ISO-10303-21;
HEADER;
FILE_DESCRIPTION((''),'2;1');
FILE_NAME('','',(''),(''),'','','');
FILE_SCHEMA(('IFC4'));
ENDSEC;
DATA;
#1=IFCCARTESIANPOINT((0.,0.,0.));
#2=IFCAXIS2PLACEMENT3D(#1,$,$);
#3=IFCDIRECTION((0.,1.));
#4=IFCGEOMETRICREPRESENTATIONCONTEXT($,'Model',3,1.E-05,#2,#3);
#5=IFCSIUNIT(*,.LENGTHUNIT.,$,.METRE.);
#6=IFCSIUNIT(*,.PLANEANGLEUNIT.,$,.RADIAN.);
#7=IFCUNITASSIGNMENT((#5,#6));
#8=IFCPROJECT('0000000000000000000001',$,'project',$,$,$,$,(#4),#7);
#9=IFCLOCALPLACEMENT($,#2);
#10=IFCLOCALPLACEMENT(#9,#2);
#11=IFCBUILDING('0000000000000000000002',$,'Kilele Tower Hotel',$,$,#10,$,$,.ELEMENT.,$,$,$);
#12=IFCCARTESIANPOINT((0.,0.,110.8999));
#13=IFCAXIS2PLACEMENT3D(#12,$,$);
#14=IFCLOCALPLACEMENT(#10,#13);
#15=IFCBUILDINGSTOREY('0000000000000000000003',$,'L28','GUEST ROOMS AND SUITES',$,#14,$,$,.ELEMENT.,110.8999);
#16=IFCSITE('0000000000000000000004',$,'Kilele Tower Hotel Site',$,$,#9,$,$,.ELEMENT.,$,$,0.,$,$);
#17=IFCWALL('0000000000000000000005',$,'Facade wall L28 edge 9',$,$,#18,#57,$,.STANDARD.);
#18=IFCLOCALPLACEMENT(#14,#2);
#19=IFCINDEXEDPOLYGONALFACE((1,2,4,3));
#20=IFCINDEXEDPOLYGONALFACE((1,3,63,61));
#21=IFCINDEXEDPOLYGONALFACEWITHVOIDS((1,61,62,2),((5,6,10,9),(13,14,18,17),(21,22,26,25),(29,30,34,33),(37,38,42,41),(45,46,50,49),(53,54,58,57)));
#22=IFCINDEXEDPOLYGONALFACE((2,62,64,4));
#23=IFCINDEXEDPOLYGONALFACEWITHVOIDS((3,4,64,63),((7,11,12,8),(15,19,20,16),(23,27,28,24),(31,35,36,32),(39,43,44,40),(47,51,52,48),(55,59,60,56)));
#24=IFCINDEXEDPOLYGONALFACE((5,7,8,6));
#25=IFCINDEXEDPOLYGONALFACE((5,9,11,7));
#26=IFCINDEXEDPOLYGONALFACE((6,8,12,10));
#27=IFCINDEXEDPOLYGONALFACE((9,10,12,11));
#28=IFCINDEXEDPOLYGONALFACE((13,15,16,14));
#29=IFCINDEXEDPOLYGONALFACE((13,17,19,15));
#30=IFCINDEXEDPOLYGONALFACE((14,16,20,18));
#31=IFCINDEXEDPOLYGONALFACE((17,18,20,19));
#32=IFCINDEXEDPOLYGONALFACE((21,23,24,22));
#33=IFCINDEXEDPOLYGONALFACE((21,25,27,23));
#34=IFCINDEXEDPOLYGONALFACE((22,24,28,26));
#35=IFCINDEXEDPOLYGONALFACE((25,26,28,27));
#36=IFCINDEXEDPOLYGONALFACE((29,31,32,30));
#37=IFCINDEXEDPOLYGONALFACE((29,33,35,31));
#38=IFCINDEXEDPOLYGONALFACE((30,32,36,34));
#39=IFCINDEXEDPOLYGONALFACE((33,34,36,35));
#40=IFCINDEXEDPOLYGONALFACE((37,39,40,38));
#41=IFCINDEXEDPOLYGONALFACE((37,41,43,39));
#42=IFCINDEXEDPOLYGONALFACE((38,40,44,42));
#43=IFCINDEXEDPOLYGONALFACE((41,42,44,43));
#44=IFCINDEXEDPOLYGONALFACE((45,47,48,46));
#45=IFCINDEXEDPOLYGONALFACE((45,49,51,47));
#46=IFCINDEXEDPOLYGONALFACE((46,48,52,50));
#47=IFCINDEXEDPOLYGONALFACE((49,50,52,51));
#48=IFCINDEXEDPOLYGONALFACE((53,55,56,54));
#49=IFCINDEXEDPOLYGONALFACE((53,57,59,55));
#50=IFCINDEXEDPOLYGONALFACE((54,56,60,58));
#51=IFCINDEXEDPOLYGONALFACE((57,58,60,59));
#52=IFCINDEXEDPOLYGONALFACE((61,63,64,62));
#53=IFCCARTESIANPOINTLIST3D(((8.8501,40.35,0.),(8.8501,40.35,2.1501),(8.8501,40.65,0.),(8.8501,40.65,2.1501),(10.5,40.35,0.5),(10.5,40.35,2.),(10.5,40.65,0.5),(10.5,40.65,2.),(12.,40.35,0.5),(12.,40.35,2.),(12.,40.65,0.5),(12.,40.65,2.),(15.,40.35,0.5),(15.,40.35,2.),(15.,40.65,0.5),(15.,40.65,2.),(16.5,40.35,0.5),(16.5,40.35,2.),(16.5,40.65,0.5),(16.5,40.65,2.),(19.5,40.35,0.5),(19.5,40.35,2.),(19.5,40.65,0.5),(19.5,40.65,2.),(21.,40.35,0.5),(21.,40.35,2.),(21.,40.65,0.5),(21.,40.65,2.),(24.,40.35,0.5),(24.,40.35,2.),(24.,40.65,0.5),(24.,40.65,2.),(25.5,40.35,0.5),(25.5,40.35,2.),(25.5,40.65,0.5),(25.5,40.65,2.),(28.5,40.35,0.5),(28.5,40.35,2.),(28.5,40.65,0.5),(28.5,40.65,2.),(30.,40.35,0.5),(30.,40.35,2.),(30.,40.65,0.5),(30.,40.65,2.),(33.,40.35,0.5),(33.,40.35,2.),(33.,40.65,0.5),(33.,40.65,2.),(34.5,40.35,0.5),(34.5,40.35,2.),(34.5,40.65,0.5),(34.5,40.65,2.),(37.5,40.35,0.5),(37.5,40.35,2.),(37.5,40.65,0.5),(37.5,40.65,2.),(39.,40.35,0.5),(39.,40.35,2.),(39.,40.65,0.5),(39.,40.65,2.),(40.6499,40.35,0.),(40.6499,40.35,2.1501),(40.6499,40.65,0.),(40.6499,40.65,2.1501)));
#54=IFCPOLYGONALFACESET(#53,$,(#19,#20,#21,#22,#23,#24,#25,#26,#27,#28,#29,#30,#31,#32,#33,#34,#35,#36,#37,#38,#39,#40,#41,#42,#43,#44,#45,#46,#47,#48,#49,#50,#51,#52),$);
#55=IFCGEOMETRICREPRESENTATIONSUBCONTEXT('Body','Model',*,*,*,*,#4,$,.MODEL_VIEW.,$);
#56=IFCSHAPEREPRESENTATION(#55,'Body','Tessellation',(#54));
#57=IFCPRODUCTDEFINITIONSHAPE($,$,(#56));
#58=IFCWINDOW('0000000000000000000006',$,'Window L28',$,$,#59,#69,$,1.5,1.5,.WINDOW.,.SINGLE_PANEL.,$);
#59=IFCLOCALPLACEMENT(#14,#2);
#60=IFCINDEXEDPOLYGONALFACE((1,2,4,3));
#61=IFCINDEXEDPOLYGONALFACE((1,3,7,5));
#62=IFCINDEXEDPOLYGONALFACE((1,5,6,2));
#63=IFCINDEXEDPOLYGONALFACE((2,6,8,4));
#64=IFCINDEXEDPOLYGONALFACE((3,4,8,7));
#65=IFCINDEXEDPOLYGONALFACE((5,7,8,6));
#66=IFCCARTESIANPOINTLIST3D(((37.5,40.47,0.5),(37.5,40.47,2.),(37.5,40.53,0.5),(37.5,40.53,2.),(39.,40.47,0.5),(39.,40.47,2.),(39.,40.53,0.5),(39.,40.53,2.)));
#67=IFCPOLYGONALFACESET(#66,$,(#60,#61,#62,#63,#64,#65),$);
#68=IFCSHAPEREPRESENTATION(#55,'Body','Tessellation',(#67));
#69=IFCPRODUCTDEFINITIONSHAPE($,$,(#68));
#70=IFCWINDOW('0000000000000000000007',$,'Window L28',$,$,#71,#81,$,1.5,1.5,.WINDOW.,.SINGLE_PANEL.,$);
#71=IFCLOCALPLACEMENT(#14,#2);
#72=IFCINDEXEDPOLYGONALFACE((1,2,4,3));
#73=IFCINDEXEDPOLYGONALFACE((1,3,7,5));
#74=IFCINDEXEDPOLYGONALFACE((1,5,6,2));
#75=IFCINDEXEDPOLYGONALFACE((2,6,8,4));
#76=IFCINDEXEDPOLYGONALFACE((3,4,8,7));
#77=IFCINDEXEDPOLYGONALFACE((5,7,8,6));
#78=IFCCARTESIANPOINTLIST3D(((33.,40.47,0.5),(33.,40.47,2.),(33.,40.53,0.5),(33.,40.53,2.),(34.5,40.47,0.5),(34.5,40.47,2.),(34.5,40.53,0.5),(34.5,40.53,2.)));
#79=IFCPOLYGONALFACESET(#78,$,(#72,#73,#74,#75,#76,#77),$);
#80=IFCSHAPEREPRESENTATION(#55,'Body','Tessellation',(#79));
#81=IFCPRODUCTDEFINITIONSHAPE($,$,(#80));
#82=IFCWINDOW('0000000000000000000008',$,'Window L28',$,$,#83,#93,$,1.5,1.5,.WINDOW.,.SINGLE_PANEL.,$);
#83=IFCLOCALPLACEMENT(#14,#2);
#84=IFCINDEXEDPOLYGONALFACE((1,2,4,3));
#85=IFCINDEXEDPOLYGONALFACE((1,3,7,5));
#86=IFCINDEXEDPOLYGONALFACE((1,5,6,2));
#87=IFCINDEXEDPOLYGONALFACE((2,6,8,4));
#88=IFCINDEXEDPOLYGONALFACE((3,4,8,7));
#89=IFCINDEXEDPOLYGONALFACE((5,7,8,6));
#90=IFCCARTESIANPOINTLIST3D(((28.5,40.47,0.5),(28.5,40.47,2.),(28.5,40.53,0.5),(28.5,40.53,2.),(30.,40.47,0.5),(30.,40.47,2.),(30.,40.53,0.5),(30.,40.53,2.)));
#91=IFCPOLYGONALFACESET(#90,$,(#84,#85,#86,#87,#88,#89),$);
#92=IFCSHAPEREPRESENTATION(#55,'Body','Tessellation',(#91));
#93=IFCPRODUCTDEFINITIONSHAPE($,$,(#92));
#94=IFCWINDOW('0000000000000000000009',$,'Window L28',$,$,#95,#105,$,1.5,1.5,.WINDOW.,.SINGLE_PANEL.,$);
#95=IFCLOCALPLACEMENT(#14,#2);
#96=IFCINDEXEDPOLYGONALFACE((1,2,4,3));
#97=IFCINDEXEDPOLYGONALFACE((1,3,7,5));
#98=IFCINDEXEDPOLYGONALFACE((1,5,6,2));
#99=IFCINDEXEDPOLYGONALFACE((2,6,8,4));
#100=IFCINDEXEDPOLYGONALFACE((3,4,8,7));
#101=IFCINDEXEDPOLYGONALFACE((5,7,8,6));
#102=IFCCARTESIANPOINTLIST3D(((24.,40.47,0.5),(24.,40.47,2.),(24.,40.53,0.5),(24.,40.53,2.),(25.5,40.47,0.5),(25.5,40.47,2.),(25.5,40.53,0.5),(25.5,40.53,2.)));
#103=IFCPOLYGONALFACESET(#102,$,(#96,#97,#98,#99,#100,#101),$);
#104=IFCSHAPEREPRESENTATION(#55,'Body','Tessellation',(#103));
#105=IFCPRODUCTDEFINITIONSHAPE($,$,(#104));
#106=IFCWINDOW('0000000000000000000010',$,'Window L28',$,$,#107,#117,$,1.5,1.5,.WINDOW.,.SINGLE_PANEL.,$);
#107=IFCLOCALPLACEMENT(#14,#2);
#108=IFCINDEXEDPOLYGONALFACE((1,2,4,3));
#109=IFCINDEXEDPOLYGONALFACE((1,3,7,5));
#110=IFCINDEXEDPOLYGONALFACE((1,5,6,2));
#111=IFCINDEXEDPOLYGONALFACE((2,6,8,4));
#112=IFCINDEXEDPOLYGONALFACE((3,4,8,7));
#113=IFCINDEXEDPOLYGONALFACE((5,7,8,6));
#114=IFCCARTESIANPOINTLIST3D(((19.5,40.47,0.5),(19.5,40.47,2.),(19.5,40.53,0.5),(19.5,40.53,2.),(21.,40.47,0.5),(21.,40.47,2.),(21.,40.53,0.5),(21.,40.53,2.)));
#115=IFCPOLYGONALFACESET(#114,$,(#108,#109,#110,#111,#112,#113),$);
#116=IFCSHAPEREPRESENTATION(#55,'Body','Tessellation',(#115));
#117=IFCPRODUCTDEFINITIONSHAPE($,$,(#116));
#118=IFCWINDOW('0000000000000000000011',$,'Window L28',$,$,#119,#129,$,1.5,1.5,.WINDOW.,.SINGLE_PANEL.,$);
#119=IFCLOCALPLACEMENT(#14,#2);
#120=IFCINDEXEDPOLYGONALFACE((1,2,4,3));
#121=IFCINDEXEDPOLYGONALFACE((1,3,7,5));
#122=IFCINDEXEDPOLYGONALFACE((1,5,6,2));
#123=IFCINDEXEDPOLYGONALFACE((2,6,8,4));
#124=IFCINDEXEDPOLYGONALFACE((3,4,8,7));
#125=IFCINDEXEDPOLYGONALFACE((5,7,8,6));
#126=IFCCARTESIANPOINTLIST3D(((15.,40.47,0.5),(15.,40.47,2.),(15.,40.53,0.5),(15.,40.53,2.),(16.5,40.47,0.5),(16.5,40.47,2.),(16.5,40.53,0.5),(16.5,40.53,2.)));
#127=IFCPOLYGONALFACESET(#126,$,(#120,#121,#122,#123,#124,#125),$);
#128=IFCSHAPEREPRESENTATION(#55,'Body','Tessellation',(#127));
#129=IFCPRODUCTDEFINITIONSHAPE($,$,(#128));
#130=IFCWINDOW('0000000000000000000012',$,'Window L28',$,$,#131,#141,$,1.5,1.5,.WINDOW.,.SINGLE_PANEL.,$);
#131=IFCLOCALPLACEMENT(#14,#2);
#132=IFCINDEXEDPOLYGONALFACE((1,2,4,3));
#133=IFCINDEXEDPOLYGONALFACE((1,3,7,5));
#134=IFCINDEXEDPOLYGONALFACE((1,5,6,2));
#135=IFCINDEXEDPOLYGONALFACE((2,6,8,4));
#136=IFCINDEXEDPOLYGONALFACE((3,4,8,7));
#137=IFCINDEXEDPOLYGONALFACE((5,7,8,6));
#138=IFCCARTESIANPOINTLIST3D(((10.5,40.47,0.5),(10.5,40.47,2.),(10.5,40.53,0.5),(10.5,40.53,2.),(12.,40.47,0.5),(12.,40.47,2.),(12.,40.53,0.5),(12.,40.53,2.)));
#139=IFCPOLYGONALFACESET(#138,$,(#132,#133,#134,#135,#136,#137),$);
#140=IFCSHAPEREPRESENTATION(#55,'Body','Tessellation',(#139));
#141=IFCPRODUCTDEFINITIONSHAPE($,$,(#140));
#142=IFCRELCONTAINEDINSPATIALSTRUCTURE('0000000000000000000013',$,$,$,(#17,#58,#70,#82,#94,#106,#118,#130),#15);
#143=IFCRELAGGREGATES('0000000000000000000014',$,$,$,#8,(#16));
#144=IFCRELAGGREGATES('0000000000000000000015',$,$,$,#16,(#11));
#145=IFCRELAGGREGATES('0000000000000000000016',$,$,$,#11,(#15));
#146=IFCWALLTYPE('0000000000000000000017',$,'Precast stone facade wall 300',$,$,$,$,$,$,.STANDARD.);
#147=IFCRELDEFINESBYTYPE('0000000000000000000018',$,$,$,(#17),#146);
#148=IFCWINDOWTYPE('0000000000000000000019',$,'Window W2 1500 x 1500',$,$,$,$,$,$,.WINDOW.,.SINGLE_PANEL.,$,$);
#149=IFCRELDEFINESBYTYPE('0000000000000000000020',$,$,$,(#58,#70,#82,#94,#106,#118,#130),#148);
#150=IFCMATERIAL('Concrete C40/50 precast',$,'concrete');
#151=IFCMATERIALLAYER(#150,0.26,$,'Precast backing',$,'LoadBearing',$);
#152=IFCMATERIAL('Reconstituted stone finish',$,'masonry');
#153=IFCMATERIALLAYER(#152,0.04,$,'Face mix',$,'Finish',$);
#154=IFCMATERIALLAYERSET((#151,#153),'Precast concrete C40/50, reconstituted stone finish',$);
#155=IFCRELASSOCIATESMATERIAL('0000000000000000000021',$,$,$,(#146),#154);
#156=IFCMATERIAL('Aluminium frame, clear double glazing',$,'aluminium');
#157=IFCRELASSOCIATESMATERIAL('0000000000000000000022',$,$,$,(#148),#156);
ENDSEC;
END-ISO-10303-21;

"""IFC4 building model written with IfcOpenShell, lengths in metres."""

from ifc_helpers import new_model, si_unit, direction, frame, frame_2d, origin, place, context, subcontext, project, spatial, rectangle, extrude, material, layer, layer_set, type_object, element, fill, save


model = new_model("IFC4")

# Units and contexts
model_context = context("Model", 3, precision=1e-05, world=origin(), true_north=direction((0.0, 1.0)))
body_context = subcontext(model_context, "Body", "Model", "MODEL_VIEW")
ifc_project = project(units=[si_unit("LENGTHUNIT", "METRE"), si_unit("PLANEANGLEUNIT", "RADIAN")], contexts=[model_context])

# Site, building, storey
site_placement = place(None, origin())
site = spatial("IfcSite", under=ifc_project, at=site_placement, Name="Kilele Tower Hotel Site", CompositionType="ELEMENT", RefElevation=0.0)
building_placement = place(site_placement, origin())
building = spatial("IfcBuilding", under=site, at=building_placement, Name="Kilele Tower Hotel", CompositionType="ELEMENT")
storey_placement = place(building_placement, frame((0.0, 0.0, 110.8999)))
storey = spatial("IfcBuildingStorey", under=building, at=storey_placement, Name="L28", Description="GUEST ROOMS AND SUITES", CompositionType="ELEMENT", Elevation=110.8999)

# Shared definitions
ifc_material_1 = material(Name="Concrete C40/50 precast", Category="concrete")
ifc_layer_1 = layer(ifc_material_1, 0.26, Name="Precast backing", Category="LoadBearing")
ifc_material_2 = material(Name="Reconstituted stone finish", Category="masonry")
ifc_layer_2 = layer(ifc_material_2, 0.04, Name="Face mix", Category="Finish")
ifc_layer_set_1 = layer_set([ifc_layer_1, ifc_layer_2], Name="Precast concrete C40/50, reconstituted stone finish")
wall_type_1 = type_object("IfcWallType", Name="Precast stone facade wall 300", PredefinedType="STANDARD", material=ifc_layer_set_1)
ifc_material_3 = material(Name="Aluminium frame, clear double glazing", Category="aluminium")
window_type_1 = type_object("IfcWindowType", Name="Window W2 1500 x 1500", PartitioningType="SINGLE_PANEL", PredefinedType="WINDOW", material=ifc_material_3)

# Wall, openings, windows
wall_1_placement = place(storey_placement, frame((40.6499, 40.5, 0.0), z_axis=(0.0, 0.0, 1.0), x_axis=(-1.0, 0.0, 0.0)))
wall_1 = element("IfcWall", 1, at=wall_1_placement, inside=storey, type_object=wall_type_1, Name="Facade wall L28 edge 9", PredefinedType="STANDARD", context=body_context, shape_type="SweptSolid", body=[
    extrude(rectangle(XDim=31.7998, YDim=0.3, at=frame_2d((15.8999, 0.0))), origin(), (0.0, 0.0, 1.0), 2.1501),
])
opening_1_placement = place(wall_1_placement, frame((1.6499, 0.0, 0.5)))
opening_1 = element("IfcOpeningElement", 2, at=opening_1_placement, cuts=wall_1, PredefinedType="OPENING", context=body_context, shape_type="SweptSolid", body=[
    extrude(rectangle(XDim=1.5, YDim=1.5, at=frame_2d((0.75, 0.75))), frame((0.0, 0.1599, 0.0), z_axis=(0.0, -1.0, 0.0), x_axis=(1.0, 0.0, 0.0)), (0.0, 0.0, 1.0), 0.3201),
])
opening_2_placement = place(wall_1_placement, frame((6.1499, 0.0, 0.5)))
opening_2 = element("IfcOpeningElement", 3, at=opening_2_placement, cuts=wall_1, PredefinedType="OPENING", context=body_context, shape_type="SweptSolid", body=[
    extrude(rectangle(XDim=1.5, YDim=1.5, at=frame_2d((0.75, 0.75))), frame((0.0, 0.1599, 0.0), z_axis=(0.0, -1.0, 0.0), x_axis=(1.0, 0.0, 0.0)), (0.0, 0.0, 1.0), 0.3201),
])
opening_3_placement = place(wall_1_placement, frame((10.6499, 0.0, 0.5)))
opening_3 = element("IfcOpeningElement", 4, at=opening_3_placement, cuts=wall_1, PredefinedType="OPENING", context=body_context, shape_type="SweptSolid", body=[
    extrude(rectangle(XDim=1.5, YDim=1.5, at=frame_2d((0.75, 0.75))), frame((0.0, 0.1599, 0.0), z_axis=(0.0, -1.0, 0.0), x_axis=(1.0, 0.0, 0.0)), (0.0, 0.0, 1.0), 0.3201),
])
opening_4_placement = place(wall_1_placement, frame((15.1499, 0.0, 0.5)))
opening_4 = element("IfcOpeningElement", 5, at=opening_4_placement, cuts=wall_1, PredefinedType="OPENING", context=body_context, shape_type="SweptSolid", body=[
    extrude(rectangle(XDim=1.5, YDim=1.5, at=frame_2d((0.75, 0.75))), frame((0.0, 0.1599, 0.0), z_axis=(0.0, -1.0, 0.0), x_axis=(1.0, 0.0, 0.0)), (0.0, 0.0, 1.0), 0.3201),
])
opening_5_placement = place(wall_1_placement, frame((19.6499, 0.0, 0.5)))
opening_5 = element("IfcOpeningElement", 6, at=opening_5_placement, cuts=wall_1, PredefinedType="OPENING", context=body_context, shape_type="SweptSolid", body=[
    extrude(rectangle(XDim=1.5, YDim=1.5, at=frame_2d((0.75, 0.75))), frame((0.0, 0.1599, 0.0), z_axis=(0.0, -1.0, 0.0), x_axis=(1.0, 0.0, 0.0)), (0.0, 0.0, 1.0), 0.3201),
])
opening_6_placement = place(wall_1_placement, frame((24.1499, 0.0, 0.5)))
opening_6 = element("IfcOpeningElement", 7, at=opening_6_placement, cuts=wall_1, PredefinedType="OPENING", context=body_context, shape_type="SweptSolid", body=[
    extrude(rectangle(XDim=1.5, YDim=1.5, at=frame_2d((0.75, 0.75))), frame((0.0, 0.1599, 0.0), z_axis=(0.0, -1.0, 0.0), x_axis=(1.0, 0.0, 0.0)), (0.0, 0.0, 1.0), 0.3201),
])
opening_7_placement = place(wall_1_placement, frame((28.6499, 0.0, 0.5)))
opening_7 = element("IfcOpeningElement", 8, at=opening_7_placement, cuts=wall_1, PredefinedType="OPENING", context=body_context, shape_type="SweptSolid", body=[
    extrude(rectangle(XDim=1.5, YDim=1.5, at=frame_2d((0.75, 0.75))), frame((0.0, 0.1599, 0.0), z_axis=(0.0, -1.0, 0.0), x_axis=(1.0, 0.0, 0.0)), (0.0, 0.0, 1.0), 0.3201),
])
window_1_placement = place(opening_1_placement, origin())
window_1 = element("IfcWindow", 9, at=window_1_placement, inside=storey, type_object=window_type_1, Name="Window L28", OverallHeight=1.5, OverallWidth=1.5, PartitioningType="SINGLE_PANEL", PredefinedType="WINDOW", context=body_context, shape_type="SweptSolid", body=[
    extrude(rectangle(XDim=1.5, YDim=1.5, at=frame_2d((0.75, 0.75))), frame((0.0, 0.03, 0.0), z_axis=(0.0, -1.0, 0.0), x_axis=(1.0, 0.0, 0.0)), (0.0, 0.0, 1.0), 0.0601),
])
fill(opening_1, window_1)
window_2_placement = place(opening_2_placement, origin())
window_2 = element("IfcWindow", 10, at=window_2_placement, inside=storey, type_object=window_type_1, Name="Window L28", OverallHeight=1.5, OverallWidth=1.5, PartitioningType="SINGLE_PANEL", PredefinedType="WINDOW", context=body_context, shape_type="SweptSolid", body=[
    extrude(rectangle(XDim=1.5, YDim=1.5, at=frame_2d((0.75, 0.75))), frame((0.0, 0.03, 0.0), z_axis=(0.0, -1.0, 0.0), x_axis=(1.0, 0.0, 0.0)), (0.0, 0.0, 1.0), 0.0601),
])
fill(opening_2, window_2)
window_3_placement = place(opening_3_placement, origin())
window_3 = element("IfcWindow", 11, at=window_3_placement, inside=storey, type_object=window_type_1, Name="Window L28", OverallHeight=1.5, OverallWidth=1.5, PartitioningType="SINGLE_PANEL", PredefinedType="WINDOW", context=body_context, shape_type="SweptSolid", body=[
    extrude(rectangle(XDim=1.5, YDim=1.5, at=frame_2d((0.75, 0.75))), frame((0.0, 0.03, 0.0), z_axis=(0.0, -1.0, 0.0), x_axis=(1.0, 0.0, 0.0)), (0.0, 0.0, 1.0), 0.0601),
])
fill(opening_3, window_3)
window_4_placement = place(opening_4_placement, origin())
window_4 = element("IfcWindow", 12, at=window_4_placement, inside=storey, type_object=window_type_1, Name="Window L28", OverallHeight=1.5, OverallWidth=1.5, PartitioningType="SINGLE_PANEL", PredefinedType="WINDOW", context=body_context, shape_type="SweptSolid", body=[
    extrude(rectangle(XDim=1.5, YDim=1.5, at=frame_2d((0.75, 0.75))), frame((0.0, 0.03, 0.0), z_axis=(0.0, -1.0, 0.0), x_axis=(1.0, 0.0, 0.0)), (0.0, 0.0, 1.0), 0.0601),
])
fill(opening_4, window_4)
window_5_placement = place(opening_5_placement, origin())
window_5 = element("IfcWindow", 13, at=window_5_placement, inside=storey, type_object=window_type_1, Name="Window L28", OverallHeight=1.5, OverallWidth=1.5, PartitioningType="SINGLE_PANEL", PredefinedType="WINDOW", context=body_context, shape_type="SweptSolid", body=[
    extrude(rectangle(XDim=1.5, YDim=1.5, at=frame_2d((0.75, 0.75))), frame((0.0, 0.03, 0.0), z_axis=(0.0, -1.0, 0.0), x_axis=(1.0, 0.0, 0.0)), (0.0, 0.0, 1.0), 0.0601),
])
fill(opening_5, window_5)
window_6_placement = place(opening_6_placement, origin())
window_6 = element("IfcWindow", 14, at=window_6_placement, inside=storey, type_object=window_type_1, Name="Window L28", OverallHeight=1.5, OverallWidth=1.5, PartitioningType="SINGLE_PANEL", PredefinedType="WINDOW", context=body_context, shape_type="SweptSolid", body=[
    extrude(rectangle(XDim=1.5, YDim=1.5, at=frame_2d((0.75, 0.75))), frame((0.0, 0.03, 0.0), z_axis=(0.0, -1.0, 0.0), x_axis=(1.0, 0.0, 0.0)), (0.0, 0.0, 1.0), 0.0601),
])
fill(opening_6, window_6)
window_7_placement = place(opening_7_placement, origin())
window_7 = element("IfcWindow", 15, at=window_7_placement, inside=storey, type_object=window_type_1, Name="Window L28", OverallHeight=1.5, OverallWidth=1.5, PartitioningType="SINGLE_PANEL", PredefinedType="WINDOW", context=body_context, shape_type="SweptSolid", body=[
    extrude(rectangle(XDim=1.5, YDim=1.5, at=frame_2d((0.75, 0.75))), frame((0.0, 0.03, 0.0), z_axis=(0.0, -1.0, 0.0), x_axis=(1.0, 0.0, 0.0)), (0.0, 0.0, 1.0), 0.0601),
])
fill(opening_7, window_7)

save(model, "model.ifc")
